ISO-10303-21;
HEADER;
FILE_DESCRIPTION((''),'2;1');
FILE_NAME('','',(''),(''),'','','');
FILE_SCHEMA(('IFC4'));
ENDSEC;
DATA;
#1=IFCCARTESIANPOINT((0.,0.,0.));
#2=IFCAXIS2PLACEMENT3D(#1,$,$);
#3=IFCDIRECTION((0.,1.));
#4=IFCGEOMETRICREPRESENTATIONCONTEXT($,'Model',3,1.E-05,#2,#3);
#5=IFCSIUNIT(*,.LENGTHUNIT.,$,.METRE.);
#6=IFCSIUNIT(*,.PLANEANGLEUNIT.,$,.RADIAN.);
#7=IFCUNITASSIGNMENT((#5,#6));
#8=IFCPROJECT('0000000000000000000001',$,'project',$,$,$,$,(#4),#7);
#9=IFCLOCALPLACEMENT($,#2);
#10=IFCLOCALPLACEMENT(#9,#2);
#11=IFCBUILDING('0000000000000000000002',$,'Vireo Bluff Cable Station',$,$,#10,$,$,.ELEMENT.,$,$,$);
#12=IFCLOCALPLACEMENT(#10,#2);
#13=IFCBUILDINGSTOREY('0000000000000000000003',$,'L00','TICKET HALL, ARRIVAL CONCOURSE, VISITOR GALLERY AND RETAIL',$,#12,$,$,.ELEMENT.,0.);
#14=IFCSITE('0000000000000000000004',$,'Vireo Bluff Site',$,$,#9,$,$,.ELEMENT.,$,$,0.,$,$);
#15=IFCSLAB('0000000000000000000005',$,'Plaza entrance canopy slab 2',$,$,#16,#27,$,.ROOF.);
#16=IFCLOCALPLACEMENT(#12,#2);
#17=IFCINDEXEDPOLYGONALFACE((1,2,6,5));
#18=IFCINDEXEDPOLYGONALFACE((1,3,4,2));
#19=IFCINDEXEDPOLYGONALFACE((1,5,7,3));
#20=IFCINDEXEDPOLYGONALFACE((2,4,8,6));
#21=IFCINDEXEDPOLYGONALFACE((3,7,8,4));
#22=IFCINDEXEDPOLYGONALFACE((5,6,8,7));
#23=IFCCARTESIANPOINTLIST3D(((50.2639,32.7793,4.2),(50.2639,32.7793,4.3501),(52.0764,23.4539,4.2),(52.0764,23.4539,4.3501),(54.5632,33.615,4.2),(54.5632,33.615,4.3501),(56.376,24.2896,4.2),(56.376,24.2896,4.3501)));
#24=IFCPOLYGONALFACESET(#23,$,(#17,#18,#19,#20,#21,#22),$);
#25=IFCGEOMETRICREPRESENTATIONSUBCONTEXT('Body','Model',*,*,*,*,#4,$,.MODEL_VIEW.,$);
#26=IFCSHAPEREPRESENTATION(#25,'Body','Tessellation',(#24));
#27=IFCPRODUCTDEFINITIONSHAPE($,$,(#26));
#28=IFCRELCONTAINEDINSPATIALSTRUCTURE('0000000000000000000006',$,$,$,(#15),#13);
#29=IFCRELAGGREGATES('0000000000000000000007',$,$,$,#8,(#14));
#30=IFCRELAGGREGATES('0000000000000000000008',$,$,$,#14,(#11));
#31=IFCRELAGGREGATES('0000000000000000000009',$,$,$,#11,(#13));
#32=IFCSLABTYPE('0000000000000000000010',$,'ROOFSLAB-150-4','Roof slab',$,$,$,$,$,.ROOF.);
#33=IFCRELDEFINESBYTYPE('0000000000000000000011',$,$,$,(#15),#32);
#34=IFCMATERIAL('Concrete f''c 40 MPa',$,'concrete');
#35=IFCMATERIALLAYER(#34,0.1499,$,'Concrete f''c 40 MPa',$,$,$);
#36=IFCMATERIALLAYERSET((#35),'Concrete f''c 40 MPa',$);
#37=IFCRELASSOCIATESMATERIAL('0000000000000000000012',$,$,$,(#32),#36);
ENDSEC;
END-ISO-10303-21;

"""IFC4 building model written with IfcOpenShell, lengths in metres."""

from ifc_helpers import new_model, si_unit, direction, frame, origin, place, context, subcontext, project, spatial, polyline, outline, extrude, material, layer, layer_set, type_object, element, save


model = new_model("IFC4")

# Units and contexts
model_context = context("Model", 3, precision=1e-05, world=origin(), true_north=direction((0.0, 1.0)))
body_context = subcontext(model_context, "Body", "Model", "MODEL_VIEW")
ifc_project = project(units=[si_unit("LENGTHUNIT", "METRE"), si_unit("PLANEANGLEUNIT", "RADIAN")], contexts=[model_context])

# Site, building, storey
site_placement = place(None, origin())
site = spatial("IfcSite", under=ifc_project, at=site_placement, Name="Vireo Bluff Site", CompositionType="ELEMENT", RefElevation=0.0)
building_placement = place(site_placement, origin())
building = spatial("IfcBuilding", under=site, at=building_placement, Name="Vireo Bluff Cable Station", CompositionType="ELEMENT")
storey_placement = place(building_placement, origin())
storey = spatial("IfcBuildingStorey", under=building, at=storey_placement, Name="L00", Description="TICKET HALL, ARRIVAL CONCOURSE, VISITOR GALLERY AND RETAIL", CompositionType="ELEMENT", Elevation=0.0)

# Shared definitions
ifc_material = material(Name="Concrete f'c 40 MPa", Category="concrete")

# Slab
ifc_layer_1 = layer(ifc_material, 0.1499, Name="Concrete f'c 40 MPa")
ifc_layer_set_1 = layer_set([ifc_layer_1], Name="Concrete f'c 40 MPa")
slab_type_1 = type_object("IfcSlabType", Name="ROOFSLAB-150-4", Description="Roof slab", PredefinedType="ROOF", material=ifc_layer_set_1)
slab_1_placement = place(storey_placement, frame((0.0, 0.0, 4.2)))
element("IfcSlab", 1, at=slab_1_placement, inside=storey, type_object=slab_type_1, Name="Plaza entrance canopy slab 2", PredefinedType="ROOF", context=body_context, shape_type="SweptSolid", body=[
    extrude(outline(polyline([(52.0764, 23.4539), (56.376, 24.2896), (54.5632, 33.615), (50.2639, 32.7793), (52.0764, 23.4539)])), origin(), (0.0, 0.0, 1.0), 0.1501),
])

save(model, "model.ifc")
